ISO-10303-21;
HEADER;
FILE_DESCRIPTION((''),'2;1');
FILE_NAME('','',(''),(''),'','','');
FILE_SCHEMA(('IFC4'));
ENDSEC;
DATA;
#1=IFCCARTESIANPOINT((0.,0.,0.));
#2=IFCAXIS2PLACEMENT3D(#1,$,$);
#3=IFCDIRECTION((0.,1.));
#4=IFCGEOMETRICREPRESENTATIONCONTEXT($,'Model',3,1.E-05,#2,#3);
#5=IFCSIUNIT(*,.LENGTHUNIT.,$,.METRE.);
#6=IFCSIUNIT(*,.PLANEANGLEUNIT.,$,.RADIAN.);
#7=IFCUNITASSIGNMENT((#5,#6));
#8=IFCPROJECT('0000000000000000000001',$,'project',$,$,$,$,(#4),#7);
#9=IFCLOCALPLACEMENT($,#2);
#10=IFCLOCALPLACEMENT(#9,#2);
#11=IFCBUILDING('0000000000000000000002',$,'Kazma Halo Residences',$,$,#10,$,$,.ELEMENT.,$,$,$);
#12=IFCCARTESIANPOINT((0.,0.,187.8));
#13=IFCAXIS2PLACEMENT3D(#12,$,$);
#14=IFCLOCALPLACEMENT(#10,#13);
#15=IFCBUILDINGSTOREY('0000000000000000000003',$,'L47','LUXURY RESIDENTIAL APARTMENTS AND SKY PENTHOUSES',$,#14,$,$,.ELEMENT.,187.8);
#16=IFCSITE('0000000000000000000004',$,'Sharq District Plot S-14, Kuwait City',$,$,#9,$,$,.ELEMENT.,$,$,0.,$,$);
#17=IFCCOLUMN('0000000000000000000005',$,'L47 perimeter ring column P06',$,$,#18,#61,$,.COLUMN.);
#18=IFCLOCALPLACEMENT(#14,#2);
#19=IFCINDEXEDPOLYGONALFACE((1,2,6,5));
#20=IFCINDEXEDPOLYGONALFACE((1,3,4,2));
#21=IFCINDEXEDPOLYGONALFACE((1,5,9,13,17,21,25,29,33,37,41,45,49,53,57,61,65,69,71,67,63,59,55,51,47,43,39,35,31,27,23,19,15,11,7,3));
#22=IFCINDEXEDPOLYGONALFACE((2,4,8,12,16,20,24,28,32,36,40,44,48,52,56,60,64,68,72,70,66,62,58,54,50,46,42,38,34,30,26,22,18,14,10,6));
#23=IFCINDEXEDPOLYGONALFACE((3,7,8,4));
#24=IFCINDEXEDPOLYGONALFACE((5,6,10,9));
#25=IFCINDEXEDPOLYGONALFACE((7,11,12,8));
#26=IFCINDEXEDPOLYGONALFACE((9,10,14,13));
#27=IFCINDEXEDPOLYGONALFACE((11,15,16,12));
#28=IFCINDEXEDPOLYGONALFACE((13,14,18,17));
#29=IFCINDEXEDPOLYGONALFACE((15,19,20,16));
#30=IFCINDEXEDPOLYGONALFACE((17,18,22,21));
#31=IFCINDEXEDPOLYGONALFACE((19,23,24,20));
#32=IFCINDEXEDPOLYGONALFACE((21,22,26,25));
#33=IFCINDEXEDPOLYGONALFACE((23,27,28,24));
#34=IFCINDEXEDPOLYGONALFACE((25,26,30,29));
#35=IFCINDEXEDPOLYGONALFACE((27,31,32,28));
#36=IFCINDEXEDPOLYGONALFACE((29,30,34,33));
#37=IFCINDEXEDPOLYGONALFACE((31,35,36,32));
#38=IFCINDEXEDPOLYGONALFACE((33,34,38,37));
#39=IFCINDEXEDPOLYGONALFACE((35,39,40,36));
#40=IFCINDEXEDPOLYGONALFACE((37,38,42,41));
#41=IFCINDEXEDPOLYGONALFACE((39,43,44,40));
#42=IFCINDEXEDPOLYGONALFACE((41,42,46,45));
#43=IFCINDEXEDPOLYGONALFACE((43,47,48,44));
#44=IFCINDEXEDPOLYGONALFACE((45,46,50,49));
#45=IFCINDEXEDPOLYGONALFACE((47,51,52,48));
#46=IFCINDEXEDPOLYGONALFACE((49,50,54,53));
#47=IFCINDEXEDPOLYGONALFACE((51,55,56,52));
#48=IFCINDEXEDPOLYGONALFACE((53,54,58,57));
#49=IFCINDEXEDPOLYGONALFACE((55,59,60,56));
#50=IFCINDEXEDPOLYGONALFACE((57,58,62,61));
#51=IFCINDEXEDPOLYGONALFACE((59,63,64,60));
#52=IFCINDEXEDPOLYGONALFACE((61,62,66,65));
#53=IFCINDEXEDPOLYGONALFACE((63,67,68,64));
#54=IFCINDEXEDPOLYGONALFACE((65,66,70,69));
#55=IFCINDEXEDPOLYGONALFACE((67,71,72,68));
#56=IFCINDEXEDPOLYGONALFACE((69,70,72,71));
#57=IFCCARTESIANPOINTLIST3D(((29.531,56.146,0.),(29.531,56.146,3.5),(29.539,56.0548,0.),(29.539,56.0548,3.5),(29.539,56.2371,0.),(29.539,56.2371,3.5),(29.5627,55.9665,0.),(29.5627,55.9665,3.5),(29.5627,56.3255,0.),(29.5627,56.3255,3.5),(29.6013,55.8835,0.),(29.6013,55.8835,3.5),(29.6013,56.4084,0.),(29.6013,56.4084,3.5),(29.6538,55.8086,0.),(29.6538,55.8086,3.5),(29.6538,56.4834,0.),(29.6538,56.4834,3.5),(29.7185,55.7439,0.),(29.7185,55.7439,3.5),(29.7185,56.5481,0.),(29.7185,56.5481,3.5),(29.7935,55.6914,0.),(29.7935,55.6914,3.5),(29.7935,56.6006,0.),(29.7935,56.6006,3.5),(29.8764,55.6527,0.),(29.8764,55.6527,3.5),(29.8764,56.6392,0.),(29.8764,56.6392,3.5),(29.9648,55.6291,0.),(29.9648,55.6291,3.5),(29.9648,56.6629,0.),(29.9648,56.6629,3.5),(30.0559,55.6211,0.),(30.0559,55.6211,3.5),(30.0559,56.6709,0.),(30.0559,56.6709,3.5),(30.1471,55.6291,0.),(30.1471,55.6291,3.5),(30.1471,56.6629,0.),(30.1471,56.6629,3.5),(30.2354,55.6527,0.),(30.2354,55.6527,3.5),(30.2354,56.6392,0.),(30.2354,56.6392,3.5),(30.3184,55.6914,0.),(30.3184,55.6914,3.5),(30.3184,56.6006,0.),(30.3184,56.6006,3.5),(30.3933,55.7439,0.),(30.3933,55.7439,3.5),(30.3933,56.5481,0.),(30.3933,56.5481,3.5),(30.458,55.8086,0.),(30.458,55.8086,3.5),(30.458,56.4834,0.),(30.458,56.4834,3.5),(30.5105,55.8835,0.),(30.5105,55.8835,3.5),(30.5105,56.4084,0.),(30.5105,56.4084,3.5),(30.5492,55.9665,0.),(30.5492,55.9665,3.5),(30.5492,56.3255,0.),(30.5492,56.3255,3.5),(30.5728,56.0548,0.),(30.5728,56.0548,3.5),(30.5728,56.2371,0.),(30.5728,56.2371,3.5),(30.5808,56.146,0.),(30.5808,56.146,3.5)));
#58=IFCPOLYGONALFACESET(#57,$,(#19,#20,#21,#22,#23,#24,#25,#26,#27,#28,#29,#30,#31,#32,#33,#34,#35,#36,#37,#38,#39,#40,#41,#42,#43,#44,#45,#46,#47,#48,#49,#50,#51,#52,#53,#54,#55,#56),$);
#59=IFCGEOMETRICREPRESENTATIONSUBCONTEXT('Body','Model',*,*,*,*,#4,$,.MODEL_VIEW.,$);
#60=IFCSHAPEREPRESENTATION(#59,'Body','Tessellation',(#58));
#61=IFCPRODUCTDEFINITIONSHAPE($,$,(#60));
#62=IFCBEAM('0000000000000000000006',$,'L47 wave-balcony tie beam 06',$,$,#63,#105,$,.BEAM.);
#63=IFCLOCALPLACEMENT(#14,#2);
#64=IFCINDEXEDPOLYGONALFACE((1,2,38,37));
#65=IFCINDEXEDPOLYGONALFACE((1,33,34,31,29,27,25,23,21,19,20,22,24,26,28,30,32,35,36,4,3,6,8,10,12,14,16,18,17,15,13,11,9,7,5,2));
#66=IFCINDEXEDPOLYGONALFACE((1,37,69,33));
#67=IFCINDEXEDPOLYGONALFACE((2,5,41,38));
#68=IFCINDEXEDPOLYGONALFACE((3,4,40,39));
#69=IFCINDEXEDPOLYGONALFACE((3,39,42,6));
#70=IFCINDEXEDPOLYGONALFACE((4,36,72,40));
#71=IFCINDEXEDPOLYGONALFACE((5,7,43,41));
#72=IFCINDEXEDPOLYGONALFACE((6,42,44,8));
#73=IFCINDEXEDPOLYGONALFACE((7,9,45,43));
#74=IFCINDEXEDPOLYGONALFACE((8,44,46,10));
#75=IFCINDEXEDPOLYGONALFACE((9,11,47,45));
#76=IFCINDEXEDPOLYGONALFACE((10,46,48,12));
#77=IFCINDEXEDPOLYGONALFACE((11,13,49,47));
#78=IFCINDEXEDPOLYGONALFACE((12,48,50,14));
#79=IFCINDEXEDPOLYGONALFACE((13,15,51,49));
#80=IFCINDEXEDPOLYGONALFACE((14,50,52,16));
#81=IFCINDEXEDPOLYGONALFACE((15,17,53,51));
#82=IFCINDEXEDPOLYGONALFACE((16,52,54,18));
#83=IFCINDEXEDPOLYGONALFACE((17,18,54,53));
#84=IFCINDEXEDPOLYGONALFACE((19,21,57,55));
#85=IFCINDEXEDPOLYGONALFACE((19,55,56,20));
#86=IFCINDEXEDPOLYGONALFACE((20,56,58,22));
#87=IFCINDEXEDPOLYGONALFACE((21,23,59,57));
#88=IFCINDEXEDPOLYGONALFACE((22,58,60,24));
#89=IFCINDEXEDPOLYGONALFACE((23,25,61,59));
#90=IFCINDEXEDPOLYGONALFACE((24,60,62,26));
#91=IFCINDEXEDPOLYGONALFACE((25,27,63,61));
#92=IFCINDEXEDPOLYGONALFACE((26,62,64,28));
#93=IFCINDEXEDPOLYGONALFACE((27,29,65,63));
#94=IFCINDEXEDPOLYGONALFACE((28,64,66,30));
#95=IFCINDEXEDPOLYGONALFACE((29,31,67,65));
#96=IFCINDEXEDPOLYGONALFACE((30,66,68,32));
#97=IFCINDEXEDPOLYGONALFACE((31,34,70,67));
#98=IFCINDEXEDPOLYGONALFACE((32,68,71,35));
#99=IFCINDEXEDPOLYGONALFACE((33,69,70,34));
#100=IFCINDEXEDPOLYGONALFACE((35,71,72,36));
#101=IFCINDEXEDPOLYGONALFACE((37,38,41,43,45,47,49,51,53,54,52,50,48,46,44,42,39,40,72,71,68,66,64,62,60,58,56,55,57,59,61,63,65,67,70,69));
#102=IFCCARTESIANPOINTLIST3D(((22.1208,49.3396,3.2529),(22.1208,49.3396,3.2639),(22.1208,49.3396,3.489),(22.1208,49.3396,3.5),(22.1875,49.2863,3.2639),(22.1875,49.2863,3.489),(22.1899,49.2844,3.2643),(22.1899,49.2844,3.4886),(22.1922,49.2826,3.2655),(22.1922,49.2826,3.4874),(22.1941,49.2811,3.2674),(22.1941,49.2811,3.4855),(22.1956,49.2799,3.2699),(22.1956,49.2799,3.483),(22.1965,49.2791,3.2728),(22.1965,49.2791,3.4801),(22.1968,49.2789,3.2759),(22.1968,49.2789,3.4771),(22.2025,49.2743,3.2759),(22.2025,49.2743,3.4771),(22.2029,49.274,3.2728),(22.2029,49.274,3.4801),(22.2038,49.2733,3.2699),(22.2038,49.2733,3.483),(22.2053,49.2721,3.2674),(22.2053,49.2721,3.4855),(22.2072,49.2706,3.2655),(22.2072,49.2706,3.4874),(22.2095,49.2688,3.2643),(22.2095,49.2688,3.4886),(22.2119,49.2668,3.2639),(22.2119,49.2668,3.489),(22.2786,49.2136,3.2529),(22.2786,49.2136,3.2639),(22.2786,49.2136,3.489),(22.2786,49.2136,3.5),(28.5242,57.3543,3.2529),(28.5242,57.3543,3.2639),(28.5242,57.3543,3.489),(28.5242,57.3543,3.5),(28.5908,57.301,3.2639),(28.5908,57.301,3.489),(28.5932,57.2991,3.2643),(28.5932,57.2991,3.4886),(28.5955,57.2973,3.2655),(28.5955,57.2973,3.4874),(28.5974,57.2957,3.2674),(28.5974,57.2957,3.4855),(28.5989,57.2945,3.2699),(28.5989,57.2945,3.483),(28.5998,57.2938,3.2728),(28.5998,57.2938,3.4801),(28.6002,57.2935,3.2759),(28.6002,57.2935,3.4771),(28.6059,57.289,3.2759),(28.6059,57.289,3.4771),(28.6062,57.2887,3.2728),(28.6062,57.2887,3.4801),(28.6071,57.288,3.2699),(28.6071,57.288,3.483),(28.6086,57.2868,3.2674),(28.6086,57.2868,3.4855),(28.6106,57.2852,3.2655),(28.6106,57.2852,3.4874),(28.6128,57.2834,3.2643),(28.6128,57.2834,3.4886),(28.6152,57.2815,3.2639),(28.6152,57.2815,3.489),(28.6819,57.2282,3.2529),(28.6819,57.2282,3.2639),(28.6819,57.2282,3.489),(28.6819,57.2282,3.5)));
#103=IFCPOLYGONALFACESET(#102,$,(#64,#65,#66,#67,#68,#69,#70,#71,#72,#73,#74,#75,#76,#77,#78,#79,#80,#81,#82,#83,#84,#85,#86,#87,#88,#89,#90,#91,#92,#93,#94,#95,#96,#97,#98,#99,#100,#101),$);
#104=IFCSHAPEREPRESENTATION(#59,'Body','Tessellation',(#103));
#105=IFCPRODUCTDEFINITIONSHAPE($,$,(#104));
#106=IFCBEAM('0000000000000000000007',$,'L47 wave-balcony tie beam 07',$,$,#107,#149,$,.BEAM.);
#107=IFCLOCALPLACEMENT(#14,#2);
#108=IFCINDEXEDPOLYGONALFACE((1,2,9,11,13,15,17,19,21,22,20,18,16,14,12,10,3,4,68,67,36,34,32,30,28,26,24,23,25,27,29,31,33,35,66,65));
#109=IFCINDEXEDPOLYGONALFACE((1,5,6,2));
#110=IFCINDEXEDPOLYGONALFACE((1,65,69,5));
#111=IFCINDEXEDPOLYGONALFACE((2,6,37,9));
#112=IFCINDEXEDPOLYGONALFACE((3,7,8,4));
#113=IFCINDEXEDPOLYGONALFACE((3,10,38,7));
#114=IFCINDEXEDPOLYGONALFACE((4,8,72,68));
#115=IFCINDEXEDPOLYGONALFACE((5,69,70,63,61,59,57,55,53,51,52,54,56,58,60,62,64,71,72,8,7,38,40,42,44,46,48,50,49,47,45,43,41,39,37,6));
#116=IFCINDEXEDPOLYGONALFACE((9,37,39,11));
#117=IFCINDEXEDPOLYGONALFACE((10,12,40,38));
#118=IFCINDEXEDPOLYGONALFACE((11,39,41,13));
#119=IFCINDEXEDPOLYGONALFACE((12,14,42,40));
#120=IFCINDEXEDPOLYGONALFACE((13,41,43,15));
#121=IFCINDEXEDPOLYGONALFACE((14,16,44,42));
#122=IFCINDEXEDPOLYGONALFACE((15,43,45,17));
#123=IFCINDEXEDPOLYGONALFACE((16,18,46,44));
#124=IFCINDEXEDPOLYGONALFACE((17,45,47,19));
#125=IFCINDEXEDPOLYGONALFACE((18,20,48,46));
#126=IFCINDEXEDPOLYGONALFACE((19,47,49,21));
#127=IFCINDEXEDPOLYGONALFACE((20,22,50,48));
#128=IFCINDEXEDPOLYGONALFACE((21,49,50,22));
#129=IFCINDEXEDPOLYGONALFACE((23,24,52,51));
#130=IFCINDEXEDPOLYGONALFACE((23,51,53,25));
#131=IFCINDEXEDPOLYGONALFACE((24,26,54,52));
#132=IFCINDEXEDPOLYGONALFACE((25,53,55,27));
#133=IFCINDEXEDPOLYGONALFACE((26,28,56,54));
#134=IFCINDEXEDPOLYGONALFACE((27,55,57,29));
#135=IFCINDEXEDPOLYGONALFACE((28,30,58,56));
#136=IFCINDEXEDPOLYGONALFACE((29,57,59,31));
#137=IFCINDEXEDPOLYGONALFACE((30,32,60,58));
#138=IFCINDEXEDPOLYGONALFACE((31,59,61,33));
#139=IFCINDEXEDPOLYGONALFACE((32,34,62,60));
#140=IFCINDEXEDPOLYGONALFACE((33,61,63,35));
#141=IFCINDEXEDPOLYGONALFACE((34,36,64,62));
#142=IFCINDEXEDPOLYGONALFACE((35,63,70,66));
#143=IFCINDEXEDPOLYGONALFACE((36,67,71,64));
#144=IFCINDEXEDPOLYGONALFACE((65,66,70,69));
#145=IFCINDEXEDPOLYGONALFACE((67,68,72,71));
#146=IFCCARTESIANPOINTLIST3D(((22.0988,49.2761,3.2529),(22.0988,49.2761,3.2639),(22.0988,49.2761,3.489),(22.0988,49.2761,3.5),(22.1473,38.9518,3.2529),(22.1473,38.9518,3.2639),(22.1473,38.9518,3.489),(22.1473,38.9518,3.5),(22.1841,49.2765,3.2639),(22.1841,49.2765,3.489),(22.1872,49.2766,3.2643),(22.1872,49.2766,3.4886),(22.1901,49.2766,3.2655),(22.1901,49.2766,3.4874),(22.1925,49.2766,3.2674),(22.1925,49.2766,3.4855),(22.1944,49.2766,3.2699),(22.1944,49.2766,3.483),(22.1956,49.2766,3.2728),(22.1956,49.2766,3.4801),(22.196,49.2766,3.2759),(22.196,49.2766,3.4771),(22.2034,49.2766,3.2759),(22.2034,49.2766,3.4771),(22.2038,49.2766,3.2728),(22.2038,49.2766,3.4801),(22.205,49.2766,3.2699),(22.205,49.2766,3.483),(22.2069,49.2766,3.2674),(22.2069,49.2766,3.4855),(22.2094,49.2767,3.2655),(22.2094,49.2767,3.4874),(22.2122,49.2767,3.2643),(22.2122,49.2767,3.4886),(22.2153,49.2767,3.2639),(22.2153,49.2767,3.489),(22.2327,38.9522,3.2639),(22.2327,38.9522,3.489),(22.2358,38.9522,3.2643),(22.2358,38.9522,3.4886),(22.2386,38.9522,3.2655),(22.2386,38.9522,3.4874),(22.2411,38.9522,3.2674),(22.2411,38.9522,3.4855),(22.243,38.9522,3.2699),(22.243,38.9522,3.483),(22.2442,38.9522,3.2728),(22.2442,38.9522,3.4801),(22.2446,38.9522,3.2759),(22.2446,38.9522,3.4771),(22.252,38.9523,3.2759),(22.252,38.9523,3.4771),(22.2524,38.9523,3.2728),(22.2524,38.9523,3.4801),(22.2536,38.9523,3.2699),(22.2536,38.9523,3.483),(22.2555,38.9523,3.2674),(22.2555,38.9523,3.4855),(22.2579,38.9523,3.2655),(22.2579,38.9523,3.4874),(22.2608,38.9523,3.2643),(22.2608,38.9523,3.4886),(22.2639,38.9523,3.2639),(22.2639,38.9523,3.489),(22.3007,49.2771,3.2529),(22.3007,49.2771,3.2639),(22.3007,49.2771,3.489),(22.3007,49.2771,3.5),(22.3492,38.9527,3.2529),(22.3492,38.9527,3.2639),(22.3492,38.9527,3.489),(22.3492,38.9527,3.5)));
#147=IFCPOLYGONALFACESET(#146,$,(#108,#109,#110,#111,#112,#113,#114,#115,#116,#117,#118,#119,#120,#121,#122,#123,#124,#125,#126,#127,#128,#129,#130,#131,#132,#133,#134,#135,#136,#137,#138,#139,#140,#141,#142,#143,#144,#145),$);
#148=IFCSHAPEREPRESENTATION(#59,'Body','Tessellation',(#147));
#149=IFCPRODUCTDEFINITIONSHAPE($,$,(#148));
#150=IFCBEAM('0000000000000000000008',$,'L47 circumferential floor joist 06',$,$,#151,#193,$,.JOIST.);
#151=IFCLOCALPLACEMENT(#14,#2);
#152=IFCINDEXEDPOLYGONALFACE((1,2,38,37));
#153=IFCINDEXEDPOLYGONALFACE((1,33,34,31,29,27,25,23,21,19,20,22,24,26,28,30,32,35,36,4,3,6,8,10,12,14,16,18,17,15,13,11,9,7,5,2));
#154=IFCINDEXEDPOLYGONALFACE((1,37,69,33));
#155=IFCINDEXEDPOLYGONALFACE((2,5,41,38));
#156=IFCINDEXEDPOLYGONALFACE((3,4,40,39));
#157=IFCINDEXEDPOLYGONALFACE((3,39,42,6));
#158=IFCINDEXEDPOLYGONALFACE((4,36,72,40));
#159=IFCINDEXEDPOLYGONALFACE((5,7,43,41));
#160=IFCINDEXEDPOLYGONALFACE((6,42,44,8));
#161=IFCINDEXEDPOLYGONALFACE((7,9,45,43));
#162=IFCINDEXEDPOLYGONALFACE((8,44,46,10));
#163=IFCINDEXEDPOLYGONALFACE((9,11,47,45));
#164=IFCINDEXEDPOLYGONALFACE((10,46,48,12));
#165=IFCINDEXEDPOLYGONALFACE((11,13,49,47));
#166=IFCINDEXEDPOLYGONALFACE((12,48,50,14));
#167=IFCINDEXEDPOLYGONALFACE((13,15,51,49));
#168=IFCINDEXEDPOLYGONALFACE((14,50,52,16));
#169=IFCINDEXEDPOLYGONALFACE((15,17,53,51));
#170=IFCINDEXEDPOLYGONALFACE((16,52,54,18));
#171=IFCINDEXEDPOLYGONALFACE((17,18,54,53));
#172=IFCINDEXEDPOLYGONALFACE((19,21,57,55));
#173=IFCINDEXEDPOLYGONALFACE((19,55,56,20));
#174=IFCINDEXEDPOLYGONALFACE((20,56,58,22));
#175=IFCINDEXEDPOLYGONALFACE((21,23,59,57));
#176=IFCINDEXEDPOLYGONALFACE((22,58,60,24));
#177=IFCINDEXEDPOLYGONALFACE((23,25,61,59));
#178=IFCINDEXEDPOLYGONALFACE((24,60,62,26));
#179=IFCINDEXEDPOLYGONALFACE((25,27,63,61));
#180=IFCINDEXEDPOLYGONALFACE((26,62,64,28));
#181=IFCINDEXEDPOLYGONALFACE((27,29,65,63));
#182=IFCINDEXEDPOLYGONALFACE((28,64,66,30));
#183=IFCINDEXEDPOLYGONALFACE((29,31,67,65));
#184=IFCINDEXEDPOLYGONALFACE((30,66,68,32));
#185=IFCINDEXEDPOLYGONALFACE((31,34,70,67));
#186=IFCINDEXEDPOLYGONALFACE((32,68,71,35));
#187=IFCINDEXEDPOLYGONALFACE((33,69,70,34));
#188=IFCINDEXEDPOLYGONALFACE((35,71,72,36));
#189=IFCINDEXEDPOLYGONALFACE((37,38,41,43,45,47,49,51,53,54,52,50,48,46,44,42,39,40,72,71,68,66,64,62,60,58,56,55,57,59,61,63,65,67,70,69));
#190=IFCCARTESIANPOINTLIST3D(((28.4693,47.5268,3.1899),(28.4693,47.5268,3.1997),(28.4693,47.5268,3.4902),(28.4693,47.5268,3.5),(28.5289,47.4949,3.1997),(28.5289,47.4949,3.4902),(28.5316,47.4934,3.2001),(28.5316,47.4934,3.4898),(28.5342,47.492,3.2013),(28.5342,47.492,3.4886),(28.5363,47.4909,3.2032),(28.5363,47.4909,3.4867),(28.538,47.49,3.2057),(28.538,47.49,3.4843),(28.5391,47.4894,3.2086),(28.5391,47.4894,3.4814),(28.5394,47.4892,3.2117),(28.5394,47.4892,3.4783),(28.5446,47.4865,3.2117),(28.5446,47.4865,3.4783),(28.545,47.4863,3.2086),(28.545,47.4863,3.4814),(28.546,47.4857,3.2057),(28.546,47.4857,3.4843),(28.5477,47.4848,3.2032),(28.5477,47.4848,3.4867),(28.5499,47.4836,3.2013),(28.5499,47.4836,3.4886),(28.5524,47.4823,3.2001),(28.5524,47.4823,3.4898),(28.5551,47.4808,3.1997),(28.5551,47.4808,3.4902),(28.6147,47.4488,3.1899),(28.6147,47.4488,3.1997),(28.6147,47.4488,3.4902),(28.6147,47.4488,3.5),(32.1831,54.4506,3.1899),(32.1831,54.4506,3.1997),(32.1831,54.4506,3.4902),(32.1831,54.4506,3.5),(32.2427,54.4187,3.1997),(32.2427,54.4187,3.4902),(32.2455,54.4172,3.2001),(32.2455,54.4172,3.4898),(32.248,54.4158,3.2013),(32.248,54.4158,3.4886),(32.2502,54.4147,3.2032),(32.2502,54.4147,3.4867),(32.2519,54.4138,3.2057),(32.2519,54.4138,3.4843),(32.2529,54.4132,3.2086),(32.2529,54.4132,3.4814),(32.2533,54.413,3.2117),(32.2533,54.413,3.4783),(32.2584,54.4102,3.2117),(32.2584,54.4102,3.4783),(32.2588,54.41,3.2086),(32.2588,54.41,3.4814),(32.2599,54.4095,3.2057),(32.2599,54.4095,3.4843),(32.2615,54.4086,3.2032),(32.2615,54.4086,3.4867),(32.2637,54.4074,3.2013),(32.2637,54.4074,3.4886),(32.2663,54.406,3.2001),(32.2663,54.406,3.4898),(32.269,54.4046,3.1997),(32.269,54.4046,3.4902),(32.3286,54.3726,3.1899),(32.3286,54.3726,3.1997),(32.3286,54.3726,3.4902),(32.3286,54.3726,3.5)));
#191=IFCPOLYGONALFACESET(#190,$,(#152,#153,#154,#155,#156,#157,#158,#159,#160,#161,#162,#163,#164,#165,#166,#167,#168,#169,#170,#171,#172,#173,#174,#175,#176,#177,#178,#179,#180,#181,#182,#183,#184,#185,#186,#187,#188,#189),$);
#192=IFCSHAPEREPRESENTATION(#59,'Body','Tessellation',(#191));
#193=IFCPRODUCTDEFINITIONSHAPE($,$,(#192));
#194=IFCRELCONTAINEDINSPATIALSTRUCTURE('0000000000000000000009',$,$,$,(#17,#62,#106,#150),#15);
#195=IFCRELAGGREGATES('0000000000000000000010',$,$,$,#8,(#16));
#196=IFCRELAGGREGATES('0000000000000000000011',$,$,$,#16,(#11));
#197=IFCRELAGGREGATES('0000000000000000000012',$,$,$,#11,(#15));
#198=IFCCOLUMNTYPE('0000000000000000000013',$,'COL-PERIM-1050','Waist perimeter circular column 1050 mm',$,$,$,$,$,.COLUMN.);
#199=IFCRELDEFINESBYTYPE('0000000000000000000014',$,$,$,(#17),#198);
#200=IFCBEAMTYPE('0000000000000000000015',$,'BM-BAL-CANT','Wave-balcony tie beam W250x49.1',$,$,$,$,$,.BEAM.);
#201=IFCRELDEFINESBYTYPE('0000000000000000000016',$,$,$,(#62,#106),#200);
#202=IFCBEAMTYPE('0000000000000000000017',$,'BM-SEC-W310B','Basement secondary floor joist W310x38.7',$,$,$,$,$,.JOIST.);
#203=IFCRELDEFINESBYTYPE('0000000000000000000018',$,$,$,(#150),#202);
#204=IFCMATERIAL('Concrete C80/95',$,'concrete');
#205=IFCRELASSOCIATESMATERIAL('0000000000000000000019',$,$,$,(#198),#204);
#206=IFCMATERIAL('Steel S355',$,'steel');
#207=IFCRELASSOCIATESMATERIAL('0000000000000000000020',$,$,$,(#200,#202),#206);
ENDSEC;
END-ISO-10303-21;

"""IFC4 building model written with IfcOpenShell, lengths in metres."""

from ifc_helpers import new_model, si_unit, direction, frame, origin, origin_2d, place, context, subcontext, project, spatial, circle, i_section, extrude, material, material_profile, profile_set, type_object, element, save


model = new_model("IFC4")

# Units and contexts
model_context = context("Model", 3, precision=1e-05, world=origin(), true_north=direction((0.0, 1.0)))
body_context = subcontext(model_context, "Body", "Model", "MODEL_VIEW")
ifc_project = project(units=[si_unit("LENGTHUNIT", "METRE"), si_unit("PLANEANGLEUNIT", "RADIAN")], contexts=[model_context])

# Site, building, storey
site_placement = place(None, origin())
site = spatial("IfcSite", under=ifc_project, at=site_placement, Name="Sharq District Plot S-14, Kuwait City", CompositionType="ELEMENT", RefElevation=0.0)
building_placement = place(site_placement, origin())
building = spatial("IfcBuilding", under=site, at=building_placement, Name="Kazma Halo Residences", CompositionType="ELEMENT")
storey_placement = place(building_placement, frame((0.0, 0.0, 187.8)))
storey = spatial("IfcBuildingStorey", under=building, at=storey_placement, Name="L47", Description="LUXURY RESIDENTIAL APARTMENTS AND SKY PENTHOUSES", CompositionType="ELEMENT", Elevation=187.8)

# Column
ifc_material_1 = material(Name="Concrete C80/95", Category="concrete")
ifc_material_profile_1 = material_profile(ifc_material_1, circle(Radius=0.5249, at=origin_2d()), Name="CIRC1050")
ifc_profile_set_1 = profile_set([ifc_material_profile_1], Name="Concrete C80/95")
column_type = type_object("IfcColumnType", Name="COL-PERIM-1050", Description="Waist perimeter circular column 1050 mm", PredefinedType="COLUMN", material=ifc_profile_set_1)
column_placement = place(storey_placement, frame((30.0559, 56.146, 0.0), z_axis=(0.0, 0.0, 1.0), x_axis=(1.0, 0.0, 0.0)))
element("IfcColumn", 1, at=column_placement, inside=storey, type_object=column_type, Name="L47 perimeter ring column P06", PredefinedType="COLUMN", context=body_context, shape_type="SweptSolid", body=[
    extrude(circle(Radius=0.5249, at=origin_2d()), origin(), (0.0, 0.0, 1.0), 3.5),
])

# Beams
ifc_material_2 = material(Name="Steel S355", Category="steel")
ifc_material_profile_2 = material_profile(ifc_material_2, i_section(OverallWidth=0.2019, OverallDepth=0.2471, WebThickness=0.0073, FlangeThickness=0.011, FilletRadius=0.012, at=origin_2d()), Name="W250x49.1")
ifc_profile_set_2 = profile_set([ifc_material_profile_2], Name="Steel S355")
beam_type_1 = type_object("IfcBeamType", Name="BM-BAL-CANT", Description="Wave-balcony tie beam W250x49.1", PredefinedType="BEAM", material=ifc_profile_set_2)
beam_1_placement = place(storey_placement, frame((28.603, 57.2913, 3.3765), z_axis=(-0.624196, -0.781268, 0.0), x_axis=(0.781268, -0.624196, 0.0)))
element("IfcBeam", 2, at=beam_1_placement, inside=storey, type_object=beam_type_1, Name="L47 wave-balcony tie beam 06", PredefinedType="BEAM", context=body_context, shape_type="SweptSolid", body=[
    extrude(i_section(OverallWidth=0.2019, OverallDepth=0.2471, WebThickness=0.0073, FlangeThickness=0.011, FilletRadius=0.012, at=origin_2d()), origin(), (0.0, 0.0, 1.0), 10.2585),
])
beam_2_placement = place(storey_placement, frame((22.1997, 49.2766, 3.3765), z_axis=(0.004706, -0.999989, 0.0), x_axis=(0.999989, 0.004706, 0.0)))
element("IfcBeam", 3, at=beam_2_placement, inside=storey, type_object=beam_type_1, Name="L47 wave-balcony tie beam 07", PredefinedType="BEAM", context=body_context, shape_type="SweptSolid", body=[
    extrude(i_section(OverallWidth=0.2019, OverallDepth=0.2471, WebThickness=0.0073, FlangeThickness=0.011, FilletRadius=0.012, at=origin_2d()), origin(), (0.0, 0.0, 1.0), 10.3245),
])
ifc_material_profile_3 = material_profile(ifc_material_2, i_section(OverallWidth=0.165, OverallDepth=0.3101, WebThickness=0.0059, FlangeThickness=0.0098, FilletRadius=0.012, at=origin_2d()), Name="W310x38.7")
ifc_profile_set_3 = profile_set([ifc_material_profile_3], Name="Steel S355")
beam_type_2 = type_object("IfcBeamType", Name="BM-SEC-W310B", Description="Basement secondary floor joist W310x38.7", PredefinedType="JOIST", material=ifc_profile_set_3)
beam_3_placement = place(storey_placement, frame((32.2559, 54.4116, 3.345), z_axis=(-0.472684, -0.881232, 0.0), x_axis=(0.881232, -0.472684, 0.0)))
element("IfcBeam", 4, at=beam_3_placement, inside=storey, type_object=beam_type_2, Name="L47 circumferential floor joist 06", PredefinedType="JOIST", context=body_context, shape_type="SweptSolid", body=[
    extrude(i_section(OverallWidth=0.165, OverallDepth=0.3101, WebThickness=0.0059, FlangeThickness=0.0098, FilletRadius=0.012, at=origin_2d()), origin(), (0.0, 0.0, 1.0), 7.8569),
])

save(model, "model.ifc")
